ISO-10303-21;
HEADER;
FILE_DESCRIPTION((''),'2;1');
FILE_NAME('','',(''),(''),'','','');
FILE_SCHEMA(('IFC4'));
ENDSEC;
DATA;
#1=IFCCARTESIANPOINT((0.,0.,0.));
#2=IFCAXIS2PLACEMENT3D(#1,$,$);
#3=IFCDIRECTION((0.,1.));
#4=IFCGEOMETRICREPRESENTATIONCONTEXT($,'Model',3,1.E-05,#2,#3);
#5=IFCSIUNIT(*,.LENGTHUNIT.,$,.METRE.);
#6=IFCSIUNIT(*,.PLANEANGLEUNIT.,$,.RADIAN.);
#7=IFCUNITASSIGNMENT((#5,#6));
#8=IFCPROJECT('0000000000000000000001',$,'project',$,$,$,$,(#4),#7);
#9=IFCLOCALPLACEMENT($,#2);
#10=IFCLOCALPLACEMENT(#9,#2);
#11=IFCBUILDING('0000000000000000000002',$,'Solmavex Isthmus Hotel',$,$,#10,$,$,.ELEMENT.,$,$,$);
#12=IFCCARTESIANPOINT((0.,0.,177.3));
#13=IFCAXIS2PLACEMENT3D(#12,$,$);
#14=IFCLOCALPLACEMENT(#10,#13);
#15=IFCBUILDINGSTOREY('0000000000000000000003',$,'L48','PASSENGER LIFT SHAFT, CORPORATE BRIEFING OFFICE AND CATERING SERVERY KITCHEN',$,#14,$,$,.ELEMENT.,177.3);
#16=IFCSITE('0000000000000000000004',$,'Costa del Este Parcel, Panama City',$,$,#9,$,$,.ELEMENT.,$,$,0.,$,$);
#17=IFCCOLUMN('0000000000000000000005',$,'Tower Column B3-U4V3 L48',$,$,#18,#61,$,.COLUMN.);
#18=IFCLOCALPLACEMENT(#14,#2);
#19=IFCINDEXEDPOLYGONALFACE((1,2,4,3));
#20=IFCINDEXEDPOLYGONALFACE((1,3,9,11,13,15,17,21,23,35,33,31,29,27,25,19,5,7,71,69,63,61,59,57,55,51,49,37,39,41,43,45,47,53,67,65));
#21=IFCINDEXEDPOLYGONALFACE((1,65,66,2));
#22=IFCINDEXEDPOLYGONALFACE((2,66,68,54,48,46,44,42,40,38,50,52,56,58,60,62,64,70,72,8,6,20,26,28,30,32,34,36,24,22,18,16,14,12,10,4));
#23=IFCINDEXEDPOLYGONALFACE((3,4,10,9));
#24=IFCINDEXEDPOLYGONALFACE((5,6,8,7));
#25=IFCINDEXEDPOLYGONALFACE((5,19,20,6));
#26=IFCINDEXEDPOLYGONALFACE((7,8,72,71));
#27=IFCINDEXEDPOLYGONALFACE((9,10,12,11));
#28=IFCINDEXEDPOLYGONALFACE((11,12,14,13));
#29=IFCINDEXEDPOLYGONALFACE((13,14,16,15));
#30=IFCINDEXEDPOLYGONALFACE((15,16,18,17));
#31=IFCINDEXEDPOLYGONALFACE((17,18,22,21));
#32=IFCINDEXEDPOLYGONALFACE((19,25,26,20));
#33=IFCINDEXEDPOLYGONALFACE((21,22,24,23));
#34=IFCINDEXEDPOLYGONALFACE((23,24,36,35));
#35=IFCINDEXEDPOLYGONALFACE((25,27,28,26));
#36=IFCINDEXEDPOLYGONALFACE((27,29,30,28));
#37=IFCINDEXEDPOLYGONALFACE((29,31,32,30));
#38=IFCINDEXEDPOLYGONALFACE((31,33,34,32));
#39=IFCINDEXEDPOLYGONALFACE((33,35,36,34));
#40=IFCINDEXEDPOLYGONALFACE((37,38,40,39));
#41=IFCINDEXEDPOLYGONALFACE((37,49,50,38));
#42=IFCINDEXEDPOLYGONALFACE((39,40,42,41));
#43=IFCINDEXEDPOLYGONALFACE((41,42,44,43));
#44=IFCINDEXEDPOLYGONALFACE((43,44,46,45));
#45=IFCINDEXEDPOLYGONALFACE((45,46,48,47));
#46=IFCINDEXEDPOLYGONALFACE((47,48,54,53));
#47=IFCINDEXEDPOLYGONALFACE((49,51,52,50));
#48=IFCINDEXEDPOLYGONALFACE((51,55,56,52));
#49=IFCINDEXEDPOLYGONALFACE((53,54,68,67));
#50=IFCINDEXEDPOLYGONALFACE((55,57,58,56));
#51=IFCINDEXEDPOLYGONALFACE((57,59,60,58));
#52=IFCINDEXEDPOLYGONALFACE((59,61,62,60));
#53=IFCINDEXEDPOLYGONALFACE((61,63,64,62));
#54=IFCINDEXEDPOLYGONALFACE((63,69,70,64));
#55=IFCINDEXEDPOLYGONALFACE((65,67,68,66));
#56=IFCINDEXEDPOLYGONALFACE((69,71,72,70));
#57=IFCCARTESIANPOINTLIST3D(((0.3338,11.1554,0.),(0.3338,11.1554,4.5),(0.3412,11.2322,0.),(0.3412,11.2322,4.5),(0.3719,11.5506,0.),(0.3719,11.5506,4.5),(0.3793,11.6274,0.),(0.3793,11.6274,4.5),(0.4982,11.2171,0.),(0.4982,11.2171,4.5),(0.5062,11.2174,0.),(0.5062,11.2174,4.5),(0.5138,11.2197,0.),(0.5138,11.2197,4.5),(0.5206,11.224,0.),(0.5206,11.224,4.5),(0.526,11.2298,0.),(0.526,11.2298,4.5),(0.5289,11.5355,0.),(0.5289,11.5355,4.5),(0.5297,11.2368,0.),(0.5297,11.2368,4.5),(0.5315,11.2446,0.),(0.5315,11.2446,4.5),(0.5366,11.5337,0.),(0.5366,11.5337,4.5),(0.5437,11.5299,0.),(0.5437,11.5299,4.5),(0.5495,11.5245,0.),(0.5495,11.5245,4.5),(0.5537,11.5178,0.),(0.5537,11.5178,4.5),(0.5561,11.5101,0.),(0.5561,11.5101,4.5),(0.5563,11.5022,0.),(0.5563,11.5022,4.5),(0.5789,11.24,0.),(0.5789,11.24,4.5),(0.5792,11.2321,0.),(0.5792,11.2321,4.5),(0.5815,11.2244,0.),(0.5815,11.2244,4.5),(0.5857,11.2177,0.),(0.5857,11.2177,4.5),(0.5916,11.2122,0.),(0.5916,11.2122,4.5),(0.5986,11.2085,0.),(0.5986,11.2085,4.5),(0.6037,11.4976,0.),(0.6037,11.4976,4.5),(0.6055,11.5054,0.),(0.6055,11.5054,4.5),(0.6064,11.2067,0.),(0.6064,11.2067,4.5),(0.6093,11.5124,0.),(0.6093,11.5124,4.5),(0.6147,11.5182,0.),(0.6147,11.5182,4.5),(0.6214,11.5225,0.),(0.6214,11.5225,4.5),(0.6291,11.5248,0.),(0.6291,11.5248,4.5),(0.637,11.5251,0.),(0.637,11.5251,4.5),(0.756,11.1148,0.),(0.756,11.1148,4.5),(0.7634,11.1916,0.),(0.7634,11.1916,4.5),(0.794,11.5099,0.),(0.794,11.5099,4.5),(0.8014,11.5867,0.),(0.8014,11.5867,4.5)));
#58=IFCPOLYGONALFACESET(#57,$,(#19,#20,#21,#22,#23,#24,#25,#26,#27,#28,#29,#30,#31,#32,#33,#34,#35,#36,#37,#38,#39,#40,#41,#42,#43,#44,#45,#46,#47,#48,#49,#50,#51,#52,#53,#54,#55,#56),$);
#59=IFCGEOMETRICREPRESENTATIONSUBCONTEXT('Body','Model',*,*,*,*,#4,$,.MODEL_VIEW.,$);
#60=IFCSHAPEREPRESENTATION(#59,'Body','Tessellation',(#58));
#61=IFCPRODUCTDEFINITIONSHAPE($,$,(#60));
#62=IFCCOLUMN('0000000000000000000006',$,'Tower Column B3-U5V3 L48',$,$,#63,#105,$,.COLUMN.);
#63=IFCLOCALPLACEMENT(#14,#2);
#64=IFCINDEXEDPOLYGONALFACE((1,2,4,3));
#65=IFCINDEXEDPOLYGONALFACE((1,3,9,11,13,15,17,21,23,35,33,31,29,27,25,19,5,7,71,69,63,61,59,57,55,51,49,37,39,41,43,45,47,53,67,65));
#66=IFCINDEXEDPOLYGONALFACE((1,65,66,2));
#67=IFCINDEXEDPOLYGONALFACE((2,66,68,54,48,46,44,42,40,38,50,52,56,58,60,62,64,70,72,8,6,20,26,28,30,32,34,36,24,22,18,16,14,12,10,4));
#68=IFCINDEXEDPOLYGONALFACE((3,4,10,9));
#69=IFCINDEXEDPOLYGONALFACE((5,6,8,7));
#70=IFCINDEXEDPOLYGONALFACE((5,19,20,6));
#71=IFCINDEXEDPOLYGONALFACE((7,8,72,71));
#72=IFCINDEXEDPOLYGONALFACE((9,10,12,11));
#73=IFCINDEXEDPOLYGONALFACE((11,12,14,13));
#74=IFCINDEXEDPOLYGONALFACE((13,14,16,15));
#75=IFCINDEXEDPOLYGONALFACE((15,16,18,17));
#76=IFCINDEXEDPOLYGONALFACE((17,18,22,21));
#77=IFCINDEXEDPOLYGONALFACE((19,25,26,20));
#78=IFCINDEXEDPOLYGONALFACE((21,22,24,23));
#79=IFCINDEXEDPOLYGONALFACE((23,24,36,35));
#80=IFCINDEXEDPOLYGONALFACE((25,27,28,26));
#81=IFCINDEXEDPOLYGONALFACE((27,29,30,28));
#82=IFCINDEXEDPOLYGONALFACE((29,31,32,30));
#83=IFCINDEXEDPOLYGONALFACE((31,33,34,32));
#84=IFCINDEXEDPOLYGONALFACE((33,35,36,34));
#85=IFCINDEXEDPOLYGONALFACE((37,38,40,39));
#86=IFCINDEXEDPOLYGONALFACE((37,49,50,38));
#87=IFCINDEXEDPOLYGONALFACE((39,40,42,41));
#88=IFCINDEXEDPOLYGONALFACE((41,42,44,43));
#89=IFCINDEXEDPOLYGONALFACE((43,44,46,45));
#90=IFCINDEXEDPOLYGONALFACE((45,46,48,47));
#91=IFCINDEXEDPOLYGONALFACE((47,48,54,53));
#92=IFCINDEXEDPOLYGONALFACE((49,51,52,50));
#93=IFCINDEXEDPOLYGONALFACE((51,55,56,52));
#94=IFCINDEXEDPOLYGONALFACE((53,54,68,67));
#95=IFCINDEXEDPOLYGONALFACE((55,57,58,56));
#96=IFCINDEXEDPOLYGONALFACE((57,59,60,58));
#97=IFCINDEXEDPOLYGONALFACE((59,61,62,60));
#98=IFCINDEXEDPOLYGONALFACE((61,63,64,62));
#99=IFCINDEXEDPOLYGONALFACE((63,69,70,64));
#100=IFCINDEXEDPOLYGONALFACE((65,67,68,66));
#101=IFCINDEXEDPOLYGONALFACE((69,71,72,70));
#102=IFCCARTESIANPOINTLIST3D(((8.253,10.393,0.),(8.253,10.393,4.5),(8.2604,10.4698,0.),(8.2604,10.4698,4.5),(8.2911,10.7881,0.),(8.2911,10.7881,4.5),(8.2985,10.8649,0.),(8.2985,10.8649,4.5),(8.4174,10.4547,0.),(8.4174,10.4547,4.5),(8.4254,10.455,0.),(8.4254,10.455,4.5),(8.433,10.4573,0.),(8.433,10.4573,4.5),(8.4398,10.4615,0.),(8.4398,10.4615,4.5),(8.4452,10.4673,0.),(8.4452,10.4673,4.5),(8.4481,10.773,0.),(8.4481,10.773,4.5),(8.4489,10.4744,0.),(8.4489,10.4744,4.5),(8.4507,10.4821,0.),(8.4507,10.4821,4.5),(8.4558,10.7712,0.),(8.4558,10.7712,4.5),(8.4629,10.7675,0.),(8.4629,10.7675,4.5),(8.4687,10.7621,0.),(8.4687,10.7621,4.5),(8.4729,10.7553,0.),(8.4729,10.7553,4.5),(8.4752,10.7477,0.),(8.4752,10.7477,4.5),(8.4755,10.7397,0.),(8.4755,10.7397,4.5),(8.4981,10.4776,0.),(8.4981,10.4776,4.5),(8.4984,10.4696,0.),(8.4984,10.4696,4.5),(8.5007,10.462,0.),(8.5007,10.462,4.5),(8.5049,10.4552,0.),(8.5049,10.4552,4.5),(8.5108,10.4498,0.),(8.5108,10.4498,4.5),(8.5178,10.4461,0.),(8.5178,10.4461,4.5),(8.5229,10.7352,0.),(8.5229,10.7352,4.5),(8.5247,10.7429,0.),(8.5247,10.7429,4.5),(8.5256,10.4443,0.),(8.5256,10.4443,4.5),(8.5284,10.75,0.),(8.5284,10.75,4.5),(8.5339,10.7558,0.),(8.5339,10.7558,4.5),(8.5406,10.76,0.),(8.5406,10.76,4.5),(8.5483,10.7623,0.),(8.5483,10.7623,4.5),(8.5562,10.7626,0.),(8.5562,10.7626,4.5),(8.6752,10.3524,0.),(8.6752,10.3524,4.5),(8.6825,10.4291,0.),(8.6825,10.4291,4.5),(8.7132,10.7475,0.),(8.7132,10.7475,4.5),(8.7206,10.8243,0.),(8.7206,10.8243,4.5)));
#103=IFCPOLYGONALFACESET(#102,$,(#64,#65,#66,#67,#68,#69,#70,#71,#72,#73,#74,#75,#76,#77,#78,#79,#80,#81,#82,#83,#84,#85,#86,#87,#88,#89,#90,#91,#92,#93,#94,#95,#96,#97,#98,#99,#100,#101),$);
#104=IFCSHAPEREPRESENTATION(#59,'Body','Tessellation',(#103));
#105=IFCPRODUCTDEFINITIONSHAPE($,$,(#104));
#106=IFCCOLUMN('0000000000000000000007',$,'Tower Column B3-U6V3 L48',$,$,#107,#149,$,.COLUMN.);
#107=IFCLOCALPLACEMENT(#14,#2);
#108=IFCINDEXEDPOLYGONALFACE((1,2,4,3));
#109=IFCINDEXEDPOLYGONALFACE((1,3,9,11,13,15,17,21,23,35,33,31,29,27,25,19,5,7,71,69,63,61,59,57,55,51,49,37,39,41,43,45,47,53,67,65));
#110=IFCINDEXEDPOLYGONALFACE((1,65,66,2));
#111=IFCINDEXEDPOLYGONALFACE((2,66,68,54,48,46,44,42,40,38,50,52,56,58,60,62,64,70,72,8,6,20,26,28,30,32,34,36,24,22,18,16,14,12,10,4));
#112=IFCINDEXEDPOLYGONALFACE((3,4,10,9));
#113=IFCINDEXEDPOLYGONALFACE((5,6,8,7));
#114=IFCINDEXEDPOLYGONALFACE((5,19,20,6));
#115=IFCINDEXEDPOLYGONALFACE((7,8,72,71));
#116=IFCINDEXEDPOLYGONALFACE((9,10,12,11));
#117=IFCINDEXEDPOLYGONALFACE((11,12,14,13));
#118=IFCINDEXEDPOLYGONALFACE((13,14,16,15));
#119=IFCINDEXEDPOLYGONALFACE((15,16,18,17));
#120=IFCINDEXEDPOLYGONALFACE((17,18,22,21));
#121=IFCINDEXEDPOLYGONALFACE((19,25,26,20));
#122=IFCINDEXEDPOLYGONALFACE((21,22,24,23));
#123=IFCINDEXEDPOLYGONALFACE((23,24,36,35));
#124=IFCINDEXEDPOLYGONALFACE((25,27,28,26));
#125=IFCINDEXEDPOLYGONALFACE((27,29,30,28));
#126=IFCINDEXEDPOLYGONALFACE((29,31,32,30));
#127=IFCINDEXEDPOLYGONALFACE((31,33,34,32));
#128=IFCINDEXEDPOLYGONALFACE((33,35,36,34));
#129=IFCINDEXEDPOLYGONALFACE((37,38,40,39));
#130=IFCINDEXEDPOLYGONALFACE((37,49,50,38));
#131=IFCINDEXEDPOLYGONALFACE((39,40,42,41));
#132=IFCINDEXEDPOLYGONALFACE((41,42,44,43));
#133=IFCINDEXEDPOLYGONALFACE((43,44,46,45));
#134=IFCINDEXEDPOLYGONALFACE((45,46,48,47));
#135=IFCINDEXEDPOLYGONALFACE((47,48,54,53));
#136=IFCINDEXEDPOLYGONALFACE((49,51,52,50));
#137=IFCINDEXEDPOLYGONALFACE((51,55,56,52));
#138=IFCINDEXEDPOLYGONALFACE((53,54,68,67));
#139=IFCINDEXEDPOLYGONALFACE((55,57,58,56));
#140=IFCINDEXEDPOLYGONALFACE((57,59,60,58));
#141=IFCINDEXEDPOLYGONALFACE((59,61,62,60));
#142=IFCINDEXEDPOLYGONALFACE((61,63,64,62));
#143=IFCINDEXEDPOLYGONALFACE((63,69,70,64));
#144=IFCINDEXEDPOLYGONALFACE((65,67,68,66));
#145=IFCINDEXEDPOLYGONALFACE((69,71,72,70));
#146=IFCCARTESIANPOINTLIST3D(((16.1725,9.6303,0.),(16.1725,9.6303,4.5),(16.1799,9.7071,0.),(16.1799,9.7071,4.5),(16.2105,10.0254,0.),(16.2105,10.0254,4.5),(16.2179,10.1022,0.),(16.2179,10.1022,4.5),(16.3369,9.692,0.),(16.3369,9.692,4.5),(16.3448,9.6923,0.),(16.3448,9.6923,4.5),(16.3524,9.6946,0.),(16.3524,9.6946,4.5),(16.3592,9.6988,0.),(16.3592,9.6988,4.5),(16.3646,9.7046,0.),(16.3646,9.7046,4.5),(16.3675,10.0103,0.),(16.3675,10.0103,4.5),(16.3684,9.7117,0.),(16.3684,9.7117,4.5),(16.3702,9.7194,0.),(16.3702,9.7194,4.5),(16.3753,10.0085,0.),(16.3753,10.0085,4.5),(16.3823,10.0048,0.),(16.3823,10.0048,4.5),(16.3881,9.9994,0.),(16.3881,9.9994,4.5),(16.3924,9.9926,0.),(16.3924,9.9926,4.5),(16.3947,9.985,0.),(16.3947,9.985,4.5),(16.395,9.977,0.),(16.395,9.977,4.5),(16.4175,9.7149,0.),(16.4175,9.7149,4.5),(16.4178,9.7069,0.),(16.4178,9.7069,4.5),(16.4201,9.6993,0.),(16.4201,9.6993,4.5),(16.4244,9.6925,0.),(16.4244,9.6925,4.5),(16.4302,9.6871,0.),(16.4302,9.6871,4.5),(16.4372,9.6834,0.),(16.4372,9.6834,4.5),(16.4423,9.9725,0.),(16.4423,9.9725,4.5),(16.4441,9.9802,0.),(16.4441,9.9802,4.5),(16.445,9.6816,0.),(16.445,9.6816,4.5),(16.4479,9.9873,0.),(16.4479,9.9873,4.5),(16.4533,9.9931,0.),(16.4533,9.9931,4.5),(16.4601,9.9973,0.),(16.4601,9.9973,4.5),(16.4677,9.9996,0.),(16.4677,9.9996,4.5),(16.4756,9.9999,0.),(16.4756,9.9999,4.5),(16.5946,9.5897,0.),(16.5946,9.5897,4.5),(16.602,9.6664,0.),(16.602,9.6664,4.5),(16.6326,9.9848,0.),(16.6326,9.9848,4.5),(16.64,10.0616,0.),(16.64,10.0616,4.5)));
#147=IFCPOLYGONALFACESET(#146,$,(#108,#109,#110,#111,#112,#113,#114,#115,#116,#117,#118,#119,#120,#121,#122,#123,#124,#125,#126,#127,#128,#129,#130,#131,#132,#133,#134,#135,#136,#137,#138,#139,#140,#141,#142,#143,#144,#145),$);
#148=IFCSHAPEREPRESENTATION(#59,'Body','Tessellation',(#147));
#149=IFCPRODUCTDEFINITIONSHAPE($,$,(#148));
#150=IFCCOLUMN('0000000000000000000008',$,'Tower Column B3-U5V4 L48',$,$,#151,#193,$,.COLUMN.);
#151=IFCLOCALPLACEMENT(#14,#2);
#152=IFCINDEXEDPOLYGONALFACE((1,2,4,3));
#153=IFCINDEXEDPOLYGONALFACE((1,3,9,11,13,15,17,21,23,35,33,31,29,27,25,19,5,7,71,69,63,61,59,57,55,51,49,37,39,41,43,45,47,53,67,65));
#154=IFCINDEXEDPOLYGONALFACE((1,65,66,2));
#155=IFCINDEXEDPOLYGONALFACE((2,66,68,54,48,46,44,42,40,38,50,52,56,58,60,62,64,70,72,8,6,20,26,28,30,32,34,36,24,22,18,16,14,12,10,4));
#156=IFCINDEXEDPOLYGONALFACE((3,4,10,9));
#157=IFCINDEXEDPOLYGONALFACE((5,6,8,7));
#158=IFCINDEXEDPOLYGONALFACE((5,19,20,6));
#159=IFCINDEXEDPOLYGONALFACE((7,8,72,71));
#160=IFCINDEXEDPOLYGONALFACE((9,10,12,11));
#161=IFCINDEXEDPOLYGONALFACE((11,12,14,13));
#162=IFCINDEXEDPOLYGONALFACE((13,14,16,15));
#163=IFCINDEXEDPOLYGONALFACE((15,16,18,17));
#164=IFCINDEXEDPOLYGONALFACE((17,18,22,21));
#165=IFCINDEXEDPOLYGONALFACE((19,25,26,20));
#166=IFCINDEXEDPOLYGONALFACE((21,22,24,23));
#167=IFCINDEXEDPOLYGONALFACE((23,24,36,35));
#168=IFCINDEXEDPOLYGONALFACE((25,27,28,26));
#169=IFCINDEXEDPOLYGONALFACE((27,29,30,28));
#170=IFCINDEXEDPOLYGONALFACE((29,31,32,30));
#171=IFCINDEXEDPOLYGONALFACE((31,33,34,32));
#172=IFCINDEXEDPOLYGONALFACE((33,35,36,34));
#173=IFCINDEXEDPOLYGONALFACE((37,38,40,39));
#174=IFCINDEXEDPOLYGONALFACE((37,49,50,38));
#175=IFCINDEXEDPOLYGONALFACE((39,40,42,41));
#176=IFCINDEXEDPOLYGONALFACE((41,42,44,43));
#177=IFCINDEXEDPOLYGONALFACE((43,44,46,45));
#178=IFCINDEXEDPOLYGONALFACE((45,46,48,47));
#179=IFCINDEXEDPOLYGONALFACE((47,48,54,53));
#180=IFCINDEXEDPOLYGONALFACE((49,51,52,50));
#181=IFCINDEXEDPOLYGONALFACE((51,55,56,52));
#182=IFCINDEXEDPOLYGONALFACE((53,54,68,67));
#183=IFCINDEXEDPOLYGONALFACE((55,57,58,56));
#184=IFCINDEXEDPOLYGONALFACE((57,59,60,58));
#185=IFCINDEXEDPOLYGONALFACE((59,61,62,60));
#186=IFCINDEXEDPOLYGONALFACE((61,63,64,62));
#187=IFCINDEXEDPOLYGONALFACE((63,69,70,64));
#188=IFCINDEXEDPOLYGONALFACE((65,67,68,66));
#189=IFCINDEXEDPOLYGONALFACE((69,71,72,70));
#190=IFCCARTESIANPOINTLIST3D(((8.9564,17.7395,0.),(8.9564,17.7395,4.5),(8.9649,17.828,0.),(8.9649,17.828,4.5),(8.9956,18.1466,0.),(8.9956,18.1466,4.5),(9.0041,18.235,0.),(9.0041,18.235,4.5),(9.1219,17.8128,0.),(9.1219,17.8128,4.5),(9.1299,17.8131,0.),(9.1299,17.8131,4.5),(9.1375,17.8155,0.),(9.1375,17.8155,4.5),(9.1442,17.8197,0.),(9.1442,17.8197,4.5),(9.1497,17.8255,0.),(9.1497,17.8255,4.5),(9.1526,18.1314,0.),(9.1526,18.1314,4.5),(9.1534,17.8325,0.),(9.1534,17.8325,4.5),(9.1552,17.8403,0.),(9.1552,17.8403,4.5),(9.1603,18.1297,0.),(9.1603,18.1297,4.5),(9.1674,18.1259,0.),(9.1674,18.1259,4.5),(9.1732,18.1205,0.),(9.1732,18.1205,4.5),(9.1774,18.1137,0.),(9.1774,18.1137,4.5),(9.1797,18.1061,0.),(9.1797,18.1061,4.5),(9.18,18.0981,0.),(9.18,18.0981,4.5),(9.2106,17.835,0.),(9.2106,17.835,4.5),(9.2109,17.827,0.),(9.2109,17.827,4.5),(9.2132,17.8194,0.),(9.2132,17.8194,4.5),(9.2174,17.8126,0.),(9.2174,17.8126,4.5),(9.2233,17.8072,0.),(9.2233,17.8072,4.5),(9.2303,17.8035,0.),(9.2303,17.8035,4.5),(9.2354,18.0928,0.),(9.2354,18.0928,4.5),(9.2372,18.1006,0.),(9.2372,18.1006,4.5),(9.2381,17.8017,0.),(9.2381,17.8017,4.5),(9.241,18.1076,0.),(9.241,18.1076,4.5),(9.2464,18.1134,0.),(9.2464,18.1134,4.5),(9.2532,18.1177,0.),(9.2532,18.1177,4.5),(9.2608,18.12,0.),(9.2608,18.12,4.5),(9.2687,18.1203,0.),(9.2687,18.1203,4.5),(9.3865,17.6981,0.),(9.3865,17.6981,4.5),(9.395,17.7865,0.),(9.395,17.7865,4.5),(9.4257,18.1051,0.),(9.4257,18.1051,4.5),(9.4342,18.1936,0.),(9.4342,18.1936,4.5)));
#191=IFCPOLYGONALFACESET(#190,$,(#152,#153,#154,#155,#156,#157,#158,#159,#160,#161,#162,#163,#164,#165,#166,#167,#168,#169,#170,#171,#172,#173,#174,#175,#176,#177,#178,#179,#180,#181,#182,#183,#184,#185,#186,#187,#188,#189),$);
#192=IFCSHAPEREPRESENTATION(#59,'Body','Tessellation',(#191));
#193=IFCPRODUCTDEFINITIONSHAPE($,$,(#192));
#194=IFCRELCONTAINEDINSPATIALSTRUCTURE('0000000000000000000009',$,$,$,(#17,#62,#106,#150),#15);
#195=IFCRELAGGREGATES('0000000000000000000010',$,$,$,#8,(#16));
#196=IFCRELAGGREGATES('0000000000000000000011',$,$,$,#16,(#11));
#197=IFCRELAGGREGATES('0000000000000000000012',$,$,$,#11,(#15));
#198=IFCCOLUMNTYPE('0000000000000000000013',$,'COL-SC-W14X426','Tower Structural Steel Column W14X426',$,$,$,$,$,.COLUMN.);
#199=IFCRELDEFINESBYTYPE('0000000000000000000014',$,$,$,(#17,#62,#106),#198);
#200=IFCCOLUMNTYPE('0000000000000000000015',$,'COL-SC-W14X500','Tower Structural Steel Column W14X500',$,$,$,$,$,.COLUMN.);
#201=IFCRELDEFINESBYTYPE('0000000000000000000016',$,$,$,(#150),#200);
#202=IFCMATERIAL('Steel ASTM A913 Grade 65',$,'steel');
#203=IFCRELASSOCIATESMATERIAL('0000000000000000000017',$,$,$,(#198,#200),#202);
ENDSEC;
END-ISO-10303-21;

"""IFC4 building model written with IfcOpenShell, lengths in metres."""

from ifc_helpers import new_model, si_unit, direction, frame, origin, origin_2d, place, context, subcontext, project, spatial, i_section, extrude, material, material_profile, profile_set, type_object, element, save


model = new_model("IFC4")

# Units and contexts
model_context = context("Model", 3, precision=1e-05, world=origin(), true_north=direction((0.0, 1.0)))
body_context = subcontext(model_context, "Body", "Model", "MODEL_VIEW")
ifc_project = project(units=[si_unit("LENGTHUNIT", "METRE"), si_unit("PLANEANGLEUNIT", "RADIAN")], contexts=[model_context])

# Site, building, storey
site_placement = place(None, origin())
site = spatial("IfcSite", under=ifc_project, at=site_placement, Name="Costa del Este Parcel, Panama City", CompositionType="ELEMENT", RefElevation=0.0)
building_placement = place(site_placement, origin())
building = spatial("IfcBuilding", under=site, at=building_placement, Name="Solmavex Isthmus Hotel", CompositionType="ELEMENT")
storey_placement = place(building_placement, frame((0.0, 0.0, 177.3)))
storey = spatial("IfcBuildingStorey", under=building, at=storey_placement, Name="L48", Description="PASSENGER LIFT SHAFT, CORPORATE BRIEFING OFFICE AND CATERING SERVERY KITCHEN", CompositionType="ELEMENT", Elevation=177.3)

# Columns
ifc_material_1 = material(Name="Steel ASTM A913 Grade 65", Category="steel")
ifc_material_profile_1 = material_profile(ifc_material_1, i_section(OverallWidth=0.4241, OverallDepth=0.4741, WebThickness=0.0476, FlangeThickness=0.0771, FilletRadius=0.0305, at=origin_2d()), Name="W14X426")
ifc_profile_set_1 = profile_set([ifc_material_profile_1], Name="Steel ASTM A913 Grade 65")
column_type_1 = type_object("IfcColumnType", Name="COL-SC-W14X426", Description="Tower Structural Steel Column W14X426", PredefinedType="COLUMN", material=ifc_profile_set_1)
for number, where, z_axis, x_axis, name in (
    (1, (0.5676, 11.3711, 0.0), (0.0, 0.0, 1.0), (0.995396, -0.095846, 0.0), "Tower Column B3-U4V3 L48"),
    (2, (8.4868, 10.6086, 0.0), (0.0, 0.0, 1.0), (0.995396, -0.095846, 0.0), "Tower Column B3-U5V3 L48"),
    (3, (16.4062, 9.8459, 0.0), (0.0, 0.0, 1.0), (0.995396, -0.095846, 0.0), "Tower Column B3-U6V3 L48"),
):
    element("IfcColumn", number, at=place(storey_placement, frame(where, z_axis=z_axis, x_axis=x_axis)), inside=storey, type_object=column_type_1, Name=name, PredefinedType="COLUMN", context=body_context, shape_type="SweptSolid", body=[
        extrude(i_section(OverallWidth=0.4241, OverallDepth=0.4741, WebThickness=0.0476, FlangeThickness=0.0771, FilletRadius=0.0305, at=origin_2d()), origin(), (0.0, 0.0, 1.0), 4.5),
    ])
ifc_material_profile_2 = material_profile(ifc_material_1, i_section(OverallWidth=0.4321, OverallDepth=0.4978, WebThickness=0.0557, FlangeThickness=0.0889, FilletRadius=0.0305, at=origin_2d()), Name="W14X500")
ifc_profile_set_2 = profile_set([ifc_material_profile_2], Name="Steel ASTM A913 Grade 65")
column_type_2 = type_object("IfcColumnType", Name="COL-SC-W14X500", Description="Tower Structural Steel Column W14X500", PredefinedType="COLUMN", material=ifc_profile_set_2)
column_placement = place(storey_placement, frame((9.1953, 17.9666, 0.0), z_axis=(0.0, 0.0, 1.0), x_axis=(0.995396, -0.095846, 0.0)))
element("IfcColumn", 4, at=column_placement, inside=storey, type_object=column_type_2, Name="Tower Column B3-U5V4 L48", PredefinedType="COLUMN", context=body_context, shape_type="SweptSolid", body=[
    extrude(i_section(OverallWidth=0.4321, OverallDepth=0.4978, WebThickness=0.0557, FlangeThickness=0.0889, FilletRadius=0.0305, at=origin_2d()), origin(), (0.0, 0.0, 1.0), 4.5),
])

save(model, "model.ifc")
